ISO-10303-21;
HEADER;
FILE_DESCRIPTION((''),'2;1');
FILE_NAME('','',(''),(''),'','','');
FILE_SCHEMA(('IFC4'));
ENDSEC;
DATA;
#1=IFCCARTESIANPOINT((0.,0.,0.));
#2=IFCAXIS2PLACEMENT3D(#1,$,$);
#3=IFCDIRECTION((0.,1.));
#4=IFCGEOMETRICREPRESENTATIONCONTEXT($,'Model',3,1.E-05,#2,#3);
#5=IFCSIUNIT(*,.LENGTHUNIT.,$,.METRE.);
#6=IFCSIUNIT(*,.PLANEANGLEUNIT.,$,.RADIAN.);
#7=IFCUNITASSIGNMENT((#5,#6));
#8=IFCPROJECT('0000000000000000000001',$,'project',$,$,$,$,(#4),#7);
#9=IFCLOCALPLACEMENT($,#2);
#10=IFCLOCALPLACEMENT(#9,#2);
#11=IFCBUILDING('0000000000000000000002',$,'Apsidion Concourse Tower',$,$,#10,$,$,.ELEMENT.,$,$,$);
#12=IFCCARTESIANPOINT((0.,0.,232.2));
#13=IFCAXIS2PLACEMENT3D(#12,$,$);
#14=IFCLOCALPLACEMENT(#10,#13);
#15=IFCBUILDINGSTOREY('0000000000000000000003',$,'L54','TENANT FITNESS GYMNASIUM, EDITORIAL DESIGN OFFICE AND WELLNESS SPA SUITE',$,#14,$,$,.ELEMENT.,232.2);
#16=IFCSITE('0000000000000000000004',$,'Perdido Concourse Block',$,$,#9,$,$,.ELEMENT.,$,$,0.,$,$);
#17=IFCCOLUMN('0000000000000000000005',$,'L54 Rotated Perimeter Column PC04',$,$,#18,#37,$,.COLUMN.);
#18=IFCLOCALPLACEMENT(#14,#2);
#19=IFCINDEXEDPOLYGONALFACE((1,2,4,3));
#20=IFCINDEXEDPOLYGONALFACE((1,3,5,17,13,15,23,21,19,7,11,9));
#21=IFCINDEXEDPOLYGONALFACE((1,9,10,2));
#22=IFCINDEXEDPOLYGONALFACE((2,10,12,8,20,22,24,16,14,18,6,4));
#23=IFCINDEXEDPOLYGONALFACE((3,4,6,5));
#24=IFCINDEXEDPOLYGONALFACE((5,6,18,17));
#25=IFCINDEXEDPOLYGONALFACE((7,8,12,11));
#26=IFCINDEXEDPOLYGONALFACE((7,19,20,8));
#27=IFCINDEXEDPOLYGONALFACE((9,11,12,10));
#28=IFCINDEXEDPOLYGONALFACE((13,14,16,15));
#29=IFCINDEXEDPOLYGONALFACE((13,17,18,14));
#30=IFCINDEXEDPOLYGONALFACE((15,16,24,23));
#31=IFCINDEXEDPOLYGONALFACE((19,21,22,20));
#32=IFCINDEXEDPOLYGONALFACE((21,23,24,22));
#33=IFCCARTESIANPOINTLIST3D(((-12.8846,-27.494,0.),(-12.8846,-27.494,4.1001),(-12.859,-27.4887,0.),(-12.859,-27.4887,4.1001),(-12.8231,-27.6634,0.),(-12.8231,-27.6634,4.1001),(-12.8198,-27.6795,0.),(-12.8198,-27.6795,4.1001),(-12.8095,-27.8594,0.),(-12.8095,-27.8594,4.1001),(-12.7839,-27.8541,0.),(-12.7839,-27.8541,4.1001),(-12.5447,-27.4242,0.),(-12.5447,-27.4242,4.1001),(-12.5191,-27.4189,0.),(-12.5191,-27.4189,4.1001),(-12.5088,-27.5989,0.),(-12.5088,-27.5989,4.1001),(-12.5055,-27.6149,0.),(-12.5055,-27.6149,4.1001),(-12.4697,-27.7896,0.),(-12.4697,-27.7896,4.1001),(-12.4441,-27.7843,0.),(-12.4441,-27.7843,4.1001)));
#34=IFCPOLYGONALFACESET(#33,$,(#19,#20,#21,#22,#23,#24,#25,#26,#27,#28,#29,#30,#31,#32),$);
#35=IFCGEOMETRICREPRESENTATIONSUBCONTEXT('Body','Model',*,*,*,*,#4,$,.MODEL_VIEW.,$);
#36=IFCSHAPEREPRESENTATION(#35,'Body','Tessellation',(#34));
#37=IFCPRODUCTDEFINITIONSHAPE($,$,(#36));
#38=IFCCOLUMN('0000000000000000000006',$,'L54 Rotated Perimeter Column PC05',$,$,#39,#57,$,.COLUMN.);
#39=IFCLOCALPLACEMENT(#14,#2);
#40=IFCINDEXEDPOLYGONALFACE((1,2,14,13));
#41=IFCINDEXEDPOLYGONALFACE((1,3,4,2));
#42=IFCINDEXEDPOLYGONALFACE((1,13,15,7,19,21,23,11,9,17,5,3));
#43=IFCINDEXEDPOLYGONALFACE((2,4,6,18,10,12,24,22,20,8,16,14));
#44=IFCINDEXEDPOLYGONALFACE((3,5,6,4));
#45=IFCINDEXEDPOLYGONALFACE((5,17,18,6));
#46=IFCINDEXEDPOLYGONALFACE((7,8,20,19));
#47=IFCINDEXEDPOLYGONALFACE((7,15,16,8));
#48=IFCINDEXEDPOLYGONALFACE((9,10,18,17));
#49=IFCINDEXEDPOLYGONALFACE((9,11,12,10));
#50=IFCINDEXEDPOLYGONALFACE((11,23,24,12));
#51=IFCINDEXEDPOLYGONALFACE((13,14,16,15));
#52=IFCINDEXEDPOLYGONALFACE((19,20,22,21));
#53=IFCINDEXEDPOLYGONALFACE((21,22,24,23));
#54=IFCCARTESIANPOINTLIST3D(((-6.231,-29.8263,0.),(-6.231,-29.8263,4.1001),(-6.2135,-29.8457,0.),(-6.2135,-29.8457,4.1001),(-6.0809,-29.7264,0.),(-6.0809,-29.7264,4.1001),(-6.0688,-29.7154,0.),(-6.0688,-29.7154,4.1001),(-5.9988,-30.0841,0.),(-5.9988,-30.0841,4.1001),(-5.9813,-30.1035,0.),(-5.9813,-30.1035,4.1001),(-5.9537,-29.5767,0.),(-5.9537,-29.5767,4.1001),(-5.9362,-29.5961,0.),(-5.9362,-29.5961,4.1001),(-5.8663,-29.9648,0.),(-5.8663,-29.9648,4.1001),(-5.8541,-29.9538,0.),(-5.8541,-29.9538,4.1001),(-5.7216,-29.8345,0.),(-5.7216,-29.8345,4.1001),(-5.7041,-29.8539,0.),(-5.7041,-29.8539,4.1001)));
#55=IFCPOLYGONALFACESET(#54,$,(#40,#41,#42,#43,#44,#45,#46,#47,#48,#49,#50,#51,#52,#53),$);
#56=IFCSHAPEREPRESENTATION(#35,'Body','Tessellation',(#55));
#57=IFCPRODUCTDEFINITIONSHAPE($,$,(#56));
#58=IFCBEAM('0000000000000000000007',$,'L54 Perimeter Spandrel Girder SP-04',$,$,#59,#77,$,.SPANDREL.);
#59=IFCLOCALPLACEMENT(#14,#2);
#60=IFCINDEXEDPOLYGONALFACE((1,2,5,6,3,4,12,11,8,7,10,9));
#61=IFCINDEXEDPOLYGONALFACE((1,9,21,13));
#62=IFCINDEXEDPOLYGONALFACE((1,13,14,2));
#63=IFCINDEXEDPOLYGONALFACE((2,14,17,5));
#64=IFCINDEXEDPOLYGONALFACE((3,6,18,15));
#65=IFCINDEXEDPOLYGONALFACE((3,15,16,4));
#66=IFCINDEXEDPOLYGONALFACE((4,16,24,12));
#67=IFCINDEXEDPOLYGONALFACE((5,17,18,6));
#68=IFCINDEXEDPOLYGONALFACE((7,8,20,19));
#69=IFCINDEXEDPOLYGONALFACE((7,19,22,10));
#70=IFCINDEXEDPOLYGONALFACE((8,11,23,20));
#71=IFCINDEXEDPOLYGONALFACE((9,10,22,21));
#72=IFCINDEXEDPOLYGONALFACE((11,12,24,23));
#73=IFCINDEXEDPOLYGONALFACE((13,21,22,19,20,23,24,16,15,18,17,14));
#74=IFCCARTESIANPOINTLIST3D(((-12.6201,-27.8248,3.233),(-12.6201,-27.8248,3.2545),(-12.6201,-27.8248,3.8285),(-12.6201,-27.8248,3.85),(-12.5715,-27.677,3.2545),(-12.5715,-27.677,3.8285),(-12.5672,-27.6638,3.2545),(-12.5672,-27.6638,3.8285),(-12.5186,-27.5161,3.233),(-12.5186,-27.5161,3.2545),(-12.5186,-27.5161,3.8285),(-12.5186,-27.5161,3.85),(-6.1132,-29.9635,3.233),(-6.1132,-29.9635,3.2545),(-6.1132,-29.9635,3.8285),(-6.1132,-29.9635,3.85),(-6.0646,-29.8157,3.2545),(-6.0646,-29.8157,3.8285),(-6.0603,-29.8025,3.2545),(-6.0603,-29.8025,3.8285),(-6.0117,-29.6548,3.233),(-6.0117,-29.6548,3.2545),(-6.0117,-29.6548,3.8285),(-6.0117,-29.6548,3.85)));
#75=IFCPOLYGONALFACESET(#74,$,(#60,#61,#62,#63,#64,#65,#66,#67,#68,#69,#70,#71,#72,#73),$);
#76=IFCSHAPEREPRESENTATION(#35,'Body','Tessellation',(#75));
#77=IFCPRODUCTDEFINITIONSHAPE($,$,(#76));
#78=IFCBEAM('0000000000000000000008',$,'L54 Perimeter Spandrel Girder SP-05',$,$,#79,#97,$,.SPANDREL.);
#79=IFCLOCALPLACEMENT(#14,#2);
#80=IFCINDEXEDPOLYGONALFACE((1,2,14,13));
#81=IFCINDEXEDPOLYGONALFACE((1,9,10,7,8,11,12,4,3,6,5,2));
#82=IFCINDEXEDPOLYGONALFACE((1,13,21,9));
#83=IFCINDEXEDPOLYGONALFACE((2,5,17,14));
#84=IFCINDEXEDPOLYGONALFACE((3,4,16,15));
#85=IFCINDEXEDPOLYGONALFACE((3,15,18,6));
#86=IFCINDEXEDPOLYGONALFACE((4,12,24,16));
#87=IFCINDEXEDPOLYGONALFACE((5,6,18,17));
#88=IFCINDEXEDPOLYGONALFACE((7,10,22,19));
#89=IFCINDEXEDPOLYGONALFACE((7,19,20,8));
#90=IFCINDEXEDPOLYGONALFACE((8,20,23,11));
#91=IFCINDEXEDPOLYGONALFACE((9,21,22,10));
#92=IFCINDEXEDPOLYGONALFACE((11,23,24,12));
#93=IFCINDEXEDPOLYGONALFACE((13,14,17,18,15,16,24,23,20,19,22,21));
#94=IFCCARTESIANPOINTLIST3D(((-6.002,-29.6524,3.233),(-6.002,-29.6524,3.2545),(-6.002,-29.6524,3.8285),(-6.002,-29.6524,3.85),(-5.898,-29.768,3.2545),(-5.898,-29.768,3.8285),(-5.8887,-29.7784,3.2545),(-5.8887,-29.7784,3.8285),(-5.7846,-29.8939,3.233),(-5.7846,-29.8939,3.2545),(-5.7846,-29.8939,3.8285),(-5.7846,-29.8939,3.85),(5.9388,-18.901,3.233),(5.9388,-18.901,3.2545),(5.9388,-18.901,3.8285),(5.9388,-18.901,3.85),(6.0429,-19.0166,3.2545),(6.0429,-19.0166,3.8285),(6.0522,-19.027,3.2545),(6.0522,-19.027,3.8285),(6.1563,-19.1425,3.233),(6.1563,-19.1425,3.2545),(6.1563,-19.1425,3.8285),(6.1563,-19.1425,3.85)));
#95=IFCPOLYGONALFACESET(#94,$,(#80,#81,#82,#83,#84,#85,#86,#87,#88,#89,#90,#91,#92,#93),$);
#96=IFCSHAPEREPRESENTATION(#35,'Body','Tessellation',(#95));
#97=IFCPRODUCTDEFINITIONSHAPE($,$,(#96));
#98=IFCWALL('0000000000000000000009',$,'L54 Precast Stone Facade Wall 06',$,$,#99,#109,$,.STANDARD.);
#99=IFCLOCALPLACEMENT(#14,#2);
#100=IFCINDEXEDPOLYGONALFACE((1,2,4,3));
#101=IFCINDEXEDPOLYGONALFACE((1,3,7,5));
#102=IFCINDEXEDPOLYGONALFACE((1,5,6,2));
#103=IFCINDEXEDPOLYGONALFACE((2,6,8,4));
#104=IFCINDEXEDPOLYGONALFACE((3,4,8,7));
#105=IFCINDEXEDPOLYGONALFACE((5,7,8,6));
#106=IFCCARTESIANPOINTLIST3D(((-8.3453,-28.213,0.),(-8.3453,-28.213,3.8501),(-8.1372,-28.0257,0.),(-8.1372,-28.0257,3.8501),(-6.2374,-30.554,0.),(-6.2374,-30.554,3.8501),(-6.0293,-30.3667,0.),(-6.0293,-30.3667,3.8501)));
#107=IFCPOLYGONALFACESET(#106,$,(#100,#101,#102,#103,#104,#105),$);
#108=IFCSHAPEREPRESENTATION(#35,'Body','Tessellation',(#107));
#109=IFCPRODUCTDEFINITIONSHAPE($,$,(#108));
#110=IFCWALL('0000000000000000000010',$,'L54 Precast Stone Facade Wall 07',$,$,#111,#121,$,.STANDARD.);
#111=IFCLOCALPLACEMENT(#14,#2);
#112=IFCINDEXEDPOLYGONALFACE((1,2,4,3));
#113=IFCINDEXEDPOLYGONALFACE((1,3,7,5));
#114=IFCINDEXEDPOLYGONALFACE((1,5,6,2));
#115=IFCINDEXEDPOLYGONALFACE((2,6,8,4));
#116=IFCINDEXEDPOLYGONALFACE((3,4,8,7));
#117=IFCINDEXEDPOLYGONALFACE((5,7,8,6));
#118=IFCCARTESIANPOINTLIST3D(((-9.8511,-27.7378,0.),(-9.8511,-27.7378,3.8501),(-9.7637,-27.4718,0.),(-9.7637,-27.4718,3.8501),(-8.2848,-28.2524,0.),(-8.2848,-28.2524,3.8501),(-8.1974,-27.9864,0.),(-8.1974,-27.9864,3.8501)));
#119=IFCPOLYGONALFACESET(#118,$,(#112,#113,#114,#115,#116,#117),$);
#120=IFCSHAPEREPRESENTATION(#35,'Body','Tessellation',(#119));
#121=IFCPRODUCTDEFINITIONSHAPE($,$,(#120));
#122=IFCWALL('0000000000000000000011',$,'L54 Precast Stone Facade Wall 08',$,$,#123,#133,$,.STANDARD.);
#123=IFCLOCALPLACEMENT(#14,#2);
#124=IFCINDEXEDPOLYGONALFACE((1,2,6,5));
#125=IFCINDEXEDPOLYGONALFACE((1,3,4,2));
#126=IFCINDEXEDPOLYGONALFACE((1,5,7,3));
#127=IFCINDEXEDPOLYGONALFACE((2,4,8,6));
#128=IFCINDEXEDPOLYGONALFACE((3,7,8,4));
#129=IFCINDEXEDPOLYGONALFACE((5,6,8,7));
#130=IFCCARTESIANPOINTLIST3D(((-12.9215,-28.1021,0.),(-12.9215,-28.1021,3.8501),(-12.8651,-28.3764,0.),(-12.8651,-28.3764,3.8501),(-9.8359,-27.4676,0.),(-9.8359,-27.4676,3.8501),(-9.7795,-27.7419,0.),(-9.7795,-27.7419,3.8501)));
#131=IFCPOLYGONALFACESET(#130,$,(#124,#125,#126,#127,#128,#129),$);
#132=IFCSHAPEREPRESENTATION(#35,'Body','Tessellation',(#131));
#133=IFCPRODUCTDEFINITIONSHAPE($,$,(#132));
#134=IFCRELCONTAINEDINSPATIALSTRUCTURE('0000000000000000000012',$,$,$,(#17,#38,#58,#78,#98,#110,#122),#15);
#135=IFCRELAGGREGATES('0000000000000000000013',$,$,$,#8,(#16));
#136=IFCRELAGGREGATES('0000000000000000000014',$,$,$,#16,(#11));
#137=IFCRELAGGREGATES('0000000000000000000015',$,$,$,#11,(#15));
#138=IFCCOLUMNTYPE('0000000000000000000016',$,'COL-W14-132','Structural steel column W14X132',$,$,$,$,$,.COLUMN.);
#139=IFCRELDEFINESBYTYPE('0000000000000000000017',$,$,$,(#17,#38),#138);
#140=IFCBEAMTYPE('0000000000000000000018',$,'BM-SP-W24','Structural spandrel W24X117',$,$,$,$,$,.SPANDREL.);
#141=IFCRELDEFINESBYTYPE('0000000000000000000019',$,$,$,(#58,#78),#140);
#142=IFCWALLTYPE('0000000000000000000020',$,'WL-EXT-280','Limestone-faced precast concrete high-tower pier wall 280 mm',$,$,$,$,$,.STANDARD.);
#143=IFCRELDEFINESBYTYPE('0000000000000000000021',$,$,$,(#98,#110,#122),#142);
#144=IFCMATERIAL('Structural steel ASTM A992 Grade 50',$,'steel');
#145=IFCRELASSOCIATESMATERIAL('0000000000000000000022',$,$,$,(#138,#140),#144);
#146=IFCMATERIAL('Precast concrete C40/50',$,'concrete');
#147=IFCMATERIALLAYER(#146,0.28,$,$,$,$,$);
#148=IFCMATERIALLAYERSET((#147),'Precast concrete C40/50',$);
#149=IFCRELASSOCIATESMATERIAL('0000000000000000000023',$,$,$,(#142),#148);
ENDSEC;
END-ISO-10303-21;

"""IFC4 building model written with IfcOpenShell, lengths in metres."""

from ifc_helpers import new_model, si_unit, direction, frame, frame_2d, origin, origin_2d, place, context, subcontext, project, spatial, rectangle, i_section, extrude, material, layer, layer_set, material_profile, profile_set, type_object, element, save


model = new_model("IFC4")

# Units and contexts
model_context = context("Model", 3, precision=1e-05, world=origin(), true_north=direction((0.0, 1.0)))
body_context = subcontext(model_context, "Body", "Model", "MODEL_VIEW")
ifc_project = project(units=[si_unit("LENGTHUNIT", "METRE"), si_unit("PLANEANGLEUNIT", "RADIAN")], contexts=[model_context])

# Site, building, storey
site_placement = place(None, origin())
site = spatial("IfcSite", under=ifc_project, at=site_placement, Name="Perdido Concourse Block", CompositionType="ELEMENT", RefElevation=0.0)
building_placement = place(site_placement, origin())
building = spatial("IfcBuilding", under=site, at=building_placement, Name="Apsidion Concourse Tower", CompositionType="ELEMENT")
storey_placement = place(building_placement, frame((0.0, 0.0, 232.2)))
storey = spatial("IfcBuildingStorey", under=building, at=storey_placement, Name="L54", Description="TENANT FITNESS GYMNASIUM, EDITORIAL DESIGN OFFICE AND WELLNESS SPA SUITE", CompositionType="ELEMENT", Elevation=232.2)

# Columns
ifc_material_1 = material(Name="Structural steel ASTM A992 Grade 50", Category="steel")
ifc_material_profile_1 = material_profile(ifc_material_1, i_section(OverallWidth=0.373, OverallDepth=0.373, WebThickness=0.0164, FlangeThickness=0.0261, at=origin_2d()), Name="W14X132")
ifc_profile_set_1 = profile_set([ifc_material_profile_1], Name="Structural steel ASTM A992 Grade 50")
column_type = type_object("IfcColumnType", Name="COL-W14-132", Description="Structural steel column W14X132", PredefinedType="COLUMN", material=ifc_profile_set_1)
for number, where, z_axis, x_axis, name in (
    (1, (-12.6643, -27.6392, 0.0), (0.0, 0.0, 1.0), (-0.201249, 0.97954, 0.0), "L54 Rotated Perimeter Column PC04"),
    (2, (-5.9675, -29.8401, 0.0), (0.0, 0.0, 1.0), (0.743145, 0.669131, 0.0), "L54 Rotated Perimeter Column PC05"),
):
    element("IfcColumn", number, at=place(storey_placement, frame(where, z_axis=z_axis, x_axis=x_axis)), inside=storey, type_object=column_type, Name=name, PredefinedType="COLUMN", context=body_context, shape_type="SweptSolid", body=[
        extrude(i_section(OverallWidth=0.373, OverallDepth=0.373, WebThickness=0.0164, FlangeThickness=0.0261, at=origin_2d()), origin(), (0.0, 0.0, 1.0), 4.1001),
    ])

# Beams
ifc_material_profile_2 = material_profile(ifc_material_1, i_section(OverallWidth=0.325, OverallDepth=0.6169, WebThickness=0.0139, FlangeThickness=0.0215, at=origin_2d()), Name="W24X117")
ifc_profile_set_2 = profile_set([ifc_material_profile_2], Name="Structural steel ASTM A992 Grade 50")
beam_type = type_object("IfcBeamType", Name="BM-SP-W24", Description="Structural spandrel W24X117", PredefinedType="SPANDREL", material=ifc_profile_set_2)
beam_1_placement = place(storey_placement, frame((-12.5693, -27.6704, 3.5415), z_axis=(0.950001, -0.312247, 0.0), x_axis=(0.312247, 0.950001, 0.0)))
element("IfcBeam", 3, at=beam_1_placement, inside=storey, type_object=beam_type, Name="L54 Perimeter Spandrel Girder SP-04", PredefinedType="SPANDREL", context=body_context, shape_type="SweptSolid", body=[
    extrude(i_section(OverallWidth=0.325, OverallDepth=0.6169, WebThickness=0.0139, FlangeThickness=0.0215, at=origin_2d()), origin(), (0.0, 0.0, 1.0), 6.8494),
])
beam_2_placement = place(storey_placement, frame((-5.8933, -29.7732, 3.5415), z_axis=(0.743151, 0.669124, 0.0), x_axis=(-0.669124, 0.743151, 0.0)))
element("IfcBeam", 4, at=beam_2_placement, inside=storey, type_object=beam_type, Name="L54 Perimeter Spandrel Girder SP-05", PredefinedType="SPANDREL", context=body_context, shape_type="SweptSolid", body=[
    extrude(i_section(OverallWidth=0.325, OverallDepth=0.6169, WebThickness=0.0139, FlangeThickness=0.0215, at=origin_2d()), origin(), (0.0, 0.0, 1.0), 16.0679),
])

# Walls
ifc_material_2 = material(Name="Precast concrete C40/50", Category="concrete")
ifc_layer_1 = layer(ifc_material_2, 0.28)
ifc_layer_set_1 = layer_set([ifc_layer_1], Name="Precast concrete C40/50")
wall_type_1 = type_object("IfcWallType", Name="WL-EXT-280", Description="Limestone-faced precast concrete high-tower pier wall 280 mm", PredefinedType="STANDARD", material=ifc_layer_set_1)
wall_1_placement = place(storey_placement, frame((-6.1333, -30.4604, 0.0), z_axis=(0.0, 0.0, 1.0), x_axis=(-0.669132, 0.743144, 0.0)))
element("IfcWall", 5, at=wall_1_placement, inside=storey, type_object=wall_type_1, Name="L54 Precast Stone Facade Wall 06", PredefinedType="STANDARD", context=body_context, shape_type="SweptSolid", body=[
    extrude(rectangle(XDim=3.1501, YDim=0.28, at=frame_2d((1.5752, 0.0))), origin(), (0.0, 0.0, 1.0), 3.8501),
])
wall_2_placement = place(storey_placement, frame((-8.2412, -28.1194, 0.0), z_axis=(0.0, 0.0, 1.0), x_axis=(-0.950037, 0.312138, 0.0)))
element("IfcWall", 6, at=wall_2_placement, inside=storey, type_object=wall_type_1, Name="L54 Precast Stone Facade Wall 07", PredefinedType="STANDARD", context=body_context, shape_type="SweptSolid", body=[
    extrude(rectangle(XDim=1.6487, YDim=0.28, at=frame_2d((0.8242, 0.0))), origin(), (0.0, 0.0, 1.0), 3.8501),
])
wall_3_placement = place(storey_placement, frame((-9.8076, -27.6047, 0.0), z_axis=(0.0, 0.0, 1.0), x_axis=(-0.979505, -0.201419, 0.0)))
element("IfcWall", 7, at=wall_3_placement, inside=storey, type_object=wall_type_1, Name="L54 Precast Stone Facade Wall 08", PredefinedType="STANDARD", context=body_context, shape_type="SweptSolid", body=[
    extrude(rectangle(XDim=3.1501, YDim=0.28, at=frame_2d((1.5752, 0.0))), origin(), (0.0, 0.0, 1.0), 3.8501),
])

save(model, "model.ifc")
